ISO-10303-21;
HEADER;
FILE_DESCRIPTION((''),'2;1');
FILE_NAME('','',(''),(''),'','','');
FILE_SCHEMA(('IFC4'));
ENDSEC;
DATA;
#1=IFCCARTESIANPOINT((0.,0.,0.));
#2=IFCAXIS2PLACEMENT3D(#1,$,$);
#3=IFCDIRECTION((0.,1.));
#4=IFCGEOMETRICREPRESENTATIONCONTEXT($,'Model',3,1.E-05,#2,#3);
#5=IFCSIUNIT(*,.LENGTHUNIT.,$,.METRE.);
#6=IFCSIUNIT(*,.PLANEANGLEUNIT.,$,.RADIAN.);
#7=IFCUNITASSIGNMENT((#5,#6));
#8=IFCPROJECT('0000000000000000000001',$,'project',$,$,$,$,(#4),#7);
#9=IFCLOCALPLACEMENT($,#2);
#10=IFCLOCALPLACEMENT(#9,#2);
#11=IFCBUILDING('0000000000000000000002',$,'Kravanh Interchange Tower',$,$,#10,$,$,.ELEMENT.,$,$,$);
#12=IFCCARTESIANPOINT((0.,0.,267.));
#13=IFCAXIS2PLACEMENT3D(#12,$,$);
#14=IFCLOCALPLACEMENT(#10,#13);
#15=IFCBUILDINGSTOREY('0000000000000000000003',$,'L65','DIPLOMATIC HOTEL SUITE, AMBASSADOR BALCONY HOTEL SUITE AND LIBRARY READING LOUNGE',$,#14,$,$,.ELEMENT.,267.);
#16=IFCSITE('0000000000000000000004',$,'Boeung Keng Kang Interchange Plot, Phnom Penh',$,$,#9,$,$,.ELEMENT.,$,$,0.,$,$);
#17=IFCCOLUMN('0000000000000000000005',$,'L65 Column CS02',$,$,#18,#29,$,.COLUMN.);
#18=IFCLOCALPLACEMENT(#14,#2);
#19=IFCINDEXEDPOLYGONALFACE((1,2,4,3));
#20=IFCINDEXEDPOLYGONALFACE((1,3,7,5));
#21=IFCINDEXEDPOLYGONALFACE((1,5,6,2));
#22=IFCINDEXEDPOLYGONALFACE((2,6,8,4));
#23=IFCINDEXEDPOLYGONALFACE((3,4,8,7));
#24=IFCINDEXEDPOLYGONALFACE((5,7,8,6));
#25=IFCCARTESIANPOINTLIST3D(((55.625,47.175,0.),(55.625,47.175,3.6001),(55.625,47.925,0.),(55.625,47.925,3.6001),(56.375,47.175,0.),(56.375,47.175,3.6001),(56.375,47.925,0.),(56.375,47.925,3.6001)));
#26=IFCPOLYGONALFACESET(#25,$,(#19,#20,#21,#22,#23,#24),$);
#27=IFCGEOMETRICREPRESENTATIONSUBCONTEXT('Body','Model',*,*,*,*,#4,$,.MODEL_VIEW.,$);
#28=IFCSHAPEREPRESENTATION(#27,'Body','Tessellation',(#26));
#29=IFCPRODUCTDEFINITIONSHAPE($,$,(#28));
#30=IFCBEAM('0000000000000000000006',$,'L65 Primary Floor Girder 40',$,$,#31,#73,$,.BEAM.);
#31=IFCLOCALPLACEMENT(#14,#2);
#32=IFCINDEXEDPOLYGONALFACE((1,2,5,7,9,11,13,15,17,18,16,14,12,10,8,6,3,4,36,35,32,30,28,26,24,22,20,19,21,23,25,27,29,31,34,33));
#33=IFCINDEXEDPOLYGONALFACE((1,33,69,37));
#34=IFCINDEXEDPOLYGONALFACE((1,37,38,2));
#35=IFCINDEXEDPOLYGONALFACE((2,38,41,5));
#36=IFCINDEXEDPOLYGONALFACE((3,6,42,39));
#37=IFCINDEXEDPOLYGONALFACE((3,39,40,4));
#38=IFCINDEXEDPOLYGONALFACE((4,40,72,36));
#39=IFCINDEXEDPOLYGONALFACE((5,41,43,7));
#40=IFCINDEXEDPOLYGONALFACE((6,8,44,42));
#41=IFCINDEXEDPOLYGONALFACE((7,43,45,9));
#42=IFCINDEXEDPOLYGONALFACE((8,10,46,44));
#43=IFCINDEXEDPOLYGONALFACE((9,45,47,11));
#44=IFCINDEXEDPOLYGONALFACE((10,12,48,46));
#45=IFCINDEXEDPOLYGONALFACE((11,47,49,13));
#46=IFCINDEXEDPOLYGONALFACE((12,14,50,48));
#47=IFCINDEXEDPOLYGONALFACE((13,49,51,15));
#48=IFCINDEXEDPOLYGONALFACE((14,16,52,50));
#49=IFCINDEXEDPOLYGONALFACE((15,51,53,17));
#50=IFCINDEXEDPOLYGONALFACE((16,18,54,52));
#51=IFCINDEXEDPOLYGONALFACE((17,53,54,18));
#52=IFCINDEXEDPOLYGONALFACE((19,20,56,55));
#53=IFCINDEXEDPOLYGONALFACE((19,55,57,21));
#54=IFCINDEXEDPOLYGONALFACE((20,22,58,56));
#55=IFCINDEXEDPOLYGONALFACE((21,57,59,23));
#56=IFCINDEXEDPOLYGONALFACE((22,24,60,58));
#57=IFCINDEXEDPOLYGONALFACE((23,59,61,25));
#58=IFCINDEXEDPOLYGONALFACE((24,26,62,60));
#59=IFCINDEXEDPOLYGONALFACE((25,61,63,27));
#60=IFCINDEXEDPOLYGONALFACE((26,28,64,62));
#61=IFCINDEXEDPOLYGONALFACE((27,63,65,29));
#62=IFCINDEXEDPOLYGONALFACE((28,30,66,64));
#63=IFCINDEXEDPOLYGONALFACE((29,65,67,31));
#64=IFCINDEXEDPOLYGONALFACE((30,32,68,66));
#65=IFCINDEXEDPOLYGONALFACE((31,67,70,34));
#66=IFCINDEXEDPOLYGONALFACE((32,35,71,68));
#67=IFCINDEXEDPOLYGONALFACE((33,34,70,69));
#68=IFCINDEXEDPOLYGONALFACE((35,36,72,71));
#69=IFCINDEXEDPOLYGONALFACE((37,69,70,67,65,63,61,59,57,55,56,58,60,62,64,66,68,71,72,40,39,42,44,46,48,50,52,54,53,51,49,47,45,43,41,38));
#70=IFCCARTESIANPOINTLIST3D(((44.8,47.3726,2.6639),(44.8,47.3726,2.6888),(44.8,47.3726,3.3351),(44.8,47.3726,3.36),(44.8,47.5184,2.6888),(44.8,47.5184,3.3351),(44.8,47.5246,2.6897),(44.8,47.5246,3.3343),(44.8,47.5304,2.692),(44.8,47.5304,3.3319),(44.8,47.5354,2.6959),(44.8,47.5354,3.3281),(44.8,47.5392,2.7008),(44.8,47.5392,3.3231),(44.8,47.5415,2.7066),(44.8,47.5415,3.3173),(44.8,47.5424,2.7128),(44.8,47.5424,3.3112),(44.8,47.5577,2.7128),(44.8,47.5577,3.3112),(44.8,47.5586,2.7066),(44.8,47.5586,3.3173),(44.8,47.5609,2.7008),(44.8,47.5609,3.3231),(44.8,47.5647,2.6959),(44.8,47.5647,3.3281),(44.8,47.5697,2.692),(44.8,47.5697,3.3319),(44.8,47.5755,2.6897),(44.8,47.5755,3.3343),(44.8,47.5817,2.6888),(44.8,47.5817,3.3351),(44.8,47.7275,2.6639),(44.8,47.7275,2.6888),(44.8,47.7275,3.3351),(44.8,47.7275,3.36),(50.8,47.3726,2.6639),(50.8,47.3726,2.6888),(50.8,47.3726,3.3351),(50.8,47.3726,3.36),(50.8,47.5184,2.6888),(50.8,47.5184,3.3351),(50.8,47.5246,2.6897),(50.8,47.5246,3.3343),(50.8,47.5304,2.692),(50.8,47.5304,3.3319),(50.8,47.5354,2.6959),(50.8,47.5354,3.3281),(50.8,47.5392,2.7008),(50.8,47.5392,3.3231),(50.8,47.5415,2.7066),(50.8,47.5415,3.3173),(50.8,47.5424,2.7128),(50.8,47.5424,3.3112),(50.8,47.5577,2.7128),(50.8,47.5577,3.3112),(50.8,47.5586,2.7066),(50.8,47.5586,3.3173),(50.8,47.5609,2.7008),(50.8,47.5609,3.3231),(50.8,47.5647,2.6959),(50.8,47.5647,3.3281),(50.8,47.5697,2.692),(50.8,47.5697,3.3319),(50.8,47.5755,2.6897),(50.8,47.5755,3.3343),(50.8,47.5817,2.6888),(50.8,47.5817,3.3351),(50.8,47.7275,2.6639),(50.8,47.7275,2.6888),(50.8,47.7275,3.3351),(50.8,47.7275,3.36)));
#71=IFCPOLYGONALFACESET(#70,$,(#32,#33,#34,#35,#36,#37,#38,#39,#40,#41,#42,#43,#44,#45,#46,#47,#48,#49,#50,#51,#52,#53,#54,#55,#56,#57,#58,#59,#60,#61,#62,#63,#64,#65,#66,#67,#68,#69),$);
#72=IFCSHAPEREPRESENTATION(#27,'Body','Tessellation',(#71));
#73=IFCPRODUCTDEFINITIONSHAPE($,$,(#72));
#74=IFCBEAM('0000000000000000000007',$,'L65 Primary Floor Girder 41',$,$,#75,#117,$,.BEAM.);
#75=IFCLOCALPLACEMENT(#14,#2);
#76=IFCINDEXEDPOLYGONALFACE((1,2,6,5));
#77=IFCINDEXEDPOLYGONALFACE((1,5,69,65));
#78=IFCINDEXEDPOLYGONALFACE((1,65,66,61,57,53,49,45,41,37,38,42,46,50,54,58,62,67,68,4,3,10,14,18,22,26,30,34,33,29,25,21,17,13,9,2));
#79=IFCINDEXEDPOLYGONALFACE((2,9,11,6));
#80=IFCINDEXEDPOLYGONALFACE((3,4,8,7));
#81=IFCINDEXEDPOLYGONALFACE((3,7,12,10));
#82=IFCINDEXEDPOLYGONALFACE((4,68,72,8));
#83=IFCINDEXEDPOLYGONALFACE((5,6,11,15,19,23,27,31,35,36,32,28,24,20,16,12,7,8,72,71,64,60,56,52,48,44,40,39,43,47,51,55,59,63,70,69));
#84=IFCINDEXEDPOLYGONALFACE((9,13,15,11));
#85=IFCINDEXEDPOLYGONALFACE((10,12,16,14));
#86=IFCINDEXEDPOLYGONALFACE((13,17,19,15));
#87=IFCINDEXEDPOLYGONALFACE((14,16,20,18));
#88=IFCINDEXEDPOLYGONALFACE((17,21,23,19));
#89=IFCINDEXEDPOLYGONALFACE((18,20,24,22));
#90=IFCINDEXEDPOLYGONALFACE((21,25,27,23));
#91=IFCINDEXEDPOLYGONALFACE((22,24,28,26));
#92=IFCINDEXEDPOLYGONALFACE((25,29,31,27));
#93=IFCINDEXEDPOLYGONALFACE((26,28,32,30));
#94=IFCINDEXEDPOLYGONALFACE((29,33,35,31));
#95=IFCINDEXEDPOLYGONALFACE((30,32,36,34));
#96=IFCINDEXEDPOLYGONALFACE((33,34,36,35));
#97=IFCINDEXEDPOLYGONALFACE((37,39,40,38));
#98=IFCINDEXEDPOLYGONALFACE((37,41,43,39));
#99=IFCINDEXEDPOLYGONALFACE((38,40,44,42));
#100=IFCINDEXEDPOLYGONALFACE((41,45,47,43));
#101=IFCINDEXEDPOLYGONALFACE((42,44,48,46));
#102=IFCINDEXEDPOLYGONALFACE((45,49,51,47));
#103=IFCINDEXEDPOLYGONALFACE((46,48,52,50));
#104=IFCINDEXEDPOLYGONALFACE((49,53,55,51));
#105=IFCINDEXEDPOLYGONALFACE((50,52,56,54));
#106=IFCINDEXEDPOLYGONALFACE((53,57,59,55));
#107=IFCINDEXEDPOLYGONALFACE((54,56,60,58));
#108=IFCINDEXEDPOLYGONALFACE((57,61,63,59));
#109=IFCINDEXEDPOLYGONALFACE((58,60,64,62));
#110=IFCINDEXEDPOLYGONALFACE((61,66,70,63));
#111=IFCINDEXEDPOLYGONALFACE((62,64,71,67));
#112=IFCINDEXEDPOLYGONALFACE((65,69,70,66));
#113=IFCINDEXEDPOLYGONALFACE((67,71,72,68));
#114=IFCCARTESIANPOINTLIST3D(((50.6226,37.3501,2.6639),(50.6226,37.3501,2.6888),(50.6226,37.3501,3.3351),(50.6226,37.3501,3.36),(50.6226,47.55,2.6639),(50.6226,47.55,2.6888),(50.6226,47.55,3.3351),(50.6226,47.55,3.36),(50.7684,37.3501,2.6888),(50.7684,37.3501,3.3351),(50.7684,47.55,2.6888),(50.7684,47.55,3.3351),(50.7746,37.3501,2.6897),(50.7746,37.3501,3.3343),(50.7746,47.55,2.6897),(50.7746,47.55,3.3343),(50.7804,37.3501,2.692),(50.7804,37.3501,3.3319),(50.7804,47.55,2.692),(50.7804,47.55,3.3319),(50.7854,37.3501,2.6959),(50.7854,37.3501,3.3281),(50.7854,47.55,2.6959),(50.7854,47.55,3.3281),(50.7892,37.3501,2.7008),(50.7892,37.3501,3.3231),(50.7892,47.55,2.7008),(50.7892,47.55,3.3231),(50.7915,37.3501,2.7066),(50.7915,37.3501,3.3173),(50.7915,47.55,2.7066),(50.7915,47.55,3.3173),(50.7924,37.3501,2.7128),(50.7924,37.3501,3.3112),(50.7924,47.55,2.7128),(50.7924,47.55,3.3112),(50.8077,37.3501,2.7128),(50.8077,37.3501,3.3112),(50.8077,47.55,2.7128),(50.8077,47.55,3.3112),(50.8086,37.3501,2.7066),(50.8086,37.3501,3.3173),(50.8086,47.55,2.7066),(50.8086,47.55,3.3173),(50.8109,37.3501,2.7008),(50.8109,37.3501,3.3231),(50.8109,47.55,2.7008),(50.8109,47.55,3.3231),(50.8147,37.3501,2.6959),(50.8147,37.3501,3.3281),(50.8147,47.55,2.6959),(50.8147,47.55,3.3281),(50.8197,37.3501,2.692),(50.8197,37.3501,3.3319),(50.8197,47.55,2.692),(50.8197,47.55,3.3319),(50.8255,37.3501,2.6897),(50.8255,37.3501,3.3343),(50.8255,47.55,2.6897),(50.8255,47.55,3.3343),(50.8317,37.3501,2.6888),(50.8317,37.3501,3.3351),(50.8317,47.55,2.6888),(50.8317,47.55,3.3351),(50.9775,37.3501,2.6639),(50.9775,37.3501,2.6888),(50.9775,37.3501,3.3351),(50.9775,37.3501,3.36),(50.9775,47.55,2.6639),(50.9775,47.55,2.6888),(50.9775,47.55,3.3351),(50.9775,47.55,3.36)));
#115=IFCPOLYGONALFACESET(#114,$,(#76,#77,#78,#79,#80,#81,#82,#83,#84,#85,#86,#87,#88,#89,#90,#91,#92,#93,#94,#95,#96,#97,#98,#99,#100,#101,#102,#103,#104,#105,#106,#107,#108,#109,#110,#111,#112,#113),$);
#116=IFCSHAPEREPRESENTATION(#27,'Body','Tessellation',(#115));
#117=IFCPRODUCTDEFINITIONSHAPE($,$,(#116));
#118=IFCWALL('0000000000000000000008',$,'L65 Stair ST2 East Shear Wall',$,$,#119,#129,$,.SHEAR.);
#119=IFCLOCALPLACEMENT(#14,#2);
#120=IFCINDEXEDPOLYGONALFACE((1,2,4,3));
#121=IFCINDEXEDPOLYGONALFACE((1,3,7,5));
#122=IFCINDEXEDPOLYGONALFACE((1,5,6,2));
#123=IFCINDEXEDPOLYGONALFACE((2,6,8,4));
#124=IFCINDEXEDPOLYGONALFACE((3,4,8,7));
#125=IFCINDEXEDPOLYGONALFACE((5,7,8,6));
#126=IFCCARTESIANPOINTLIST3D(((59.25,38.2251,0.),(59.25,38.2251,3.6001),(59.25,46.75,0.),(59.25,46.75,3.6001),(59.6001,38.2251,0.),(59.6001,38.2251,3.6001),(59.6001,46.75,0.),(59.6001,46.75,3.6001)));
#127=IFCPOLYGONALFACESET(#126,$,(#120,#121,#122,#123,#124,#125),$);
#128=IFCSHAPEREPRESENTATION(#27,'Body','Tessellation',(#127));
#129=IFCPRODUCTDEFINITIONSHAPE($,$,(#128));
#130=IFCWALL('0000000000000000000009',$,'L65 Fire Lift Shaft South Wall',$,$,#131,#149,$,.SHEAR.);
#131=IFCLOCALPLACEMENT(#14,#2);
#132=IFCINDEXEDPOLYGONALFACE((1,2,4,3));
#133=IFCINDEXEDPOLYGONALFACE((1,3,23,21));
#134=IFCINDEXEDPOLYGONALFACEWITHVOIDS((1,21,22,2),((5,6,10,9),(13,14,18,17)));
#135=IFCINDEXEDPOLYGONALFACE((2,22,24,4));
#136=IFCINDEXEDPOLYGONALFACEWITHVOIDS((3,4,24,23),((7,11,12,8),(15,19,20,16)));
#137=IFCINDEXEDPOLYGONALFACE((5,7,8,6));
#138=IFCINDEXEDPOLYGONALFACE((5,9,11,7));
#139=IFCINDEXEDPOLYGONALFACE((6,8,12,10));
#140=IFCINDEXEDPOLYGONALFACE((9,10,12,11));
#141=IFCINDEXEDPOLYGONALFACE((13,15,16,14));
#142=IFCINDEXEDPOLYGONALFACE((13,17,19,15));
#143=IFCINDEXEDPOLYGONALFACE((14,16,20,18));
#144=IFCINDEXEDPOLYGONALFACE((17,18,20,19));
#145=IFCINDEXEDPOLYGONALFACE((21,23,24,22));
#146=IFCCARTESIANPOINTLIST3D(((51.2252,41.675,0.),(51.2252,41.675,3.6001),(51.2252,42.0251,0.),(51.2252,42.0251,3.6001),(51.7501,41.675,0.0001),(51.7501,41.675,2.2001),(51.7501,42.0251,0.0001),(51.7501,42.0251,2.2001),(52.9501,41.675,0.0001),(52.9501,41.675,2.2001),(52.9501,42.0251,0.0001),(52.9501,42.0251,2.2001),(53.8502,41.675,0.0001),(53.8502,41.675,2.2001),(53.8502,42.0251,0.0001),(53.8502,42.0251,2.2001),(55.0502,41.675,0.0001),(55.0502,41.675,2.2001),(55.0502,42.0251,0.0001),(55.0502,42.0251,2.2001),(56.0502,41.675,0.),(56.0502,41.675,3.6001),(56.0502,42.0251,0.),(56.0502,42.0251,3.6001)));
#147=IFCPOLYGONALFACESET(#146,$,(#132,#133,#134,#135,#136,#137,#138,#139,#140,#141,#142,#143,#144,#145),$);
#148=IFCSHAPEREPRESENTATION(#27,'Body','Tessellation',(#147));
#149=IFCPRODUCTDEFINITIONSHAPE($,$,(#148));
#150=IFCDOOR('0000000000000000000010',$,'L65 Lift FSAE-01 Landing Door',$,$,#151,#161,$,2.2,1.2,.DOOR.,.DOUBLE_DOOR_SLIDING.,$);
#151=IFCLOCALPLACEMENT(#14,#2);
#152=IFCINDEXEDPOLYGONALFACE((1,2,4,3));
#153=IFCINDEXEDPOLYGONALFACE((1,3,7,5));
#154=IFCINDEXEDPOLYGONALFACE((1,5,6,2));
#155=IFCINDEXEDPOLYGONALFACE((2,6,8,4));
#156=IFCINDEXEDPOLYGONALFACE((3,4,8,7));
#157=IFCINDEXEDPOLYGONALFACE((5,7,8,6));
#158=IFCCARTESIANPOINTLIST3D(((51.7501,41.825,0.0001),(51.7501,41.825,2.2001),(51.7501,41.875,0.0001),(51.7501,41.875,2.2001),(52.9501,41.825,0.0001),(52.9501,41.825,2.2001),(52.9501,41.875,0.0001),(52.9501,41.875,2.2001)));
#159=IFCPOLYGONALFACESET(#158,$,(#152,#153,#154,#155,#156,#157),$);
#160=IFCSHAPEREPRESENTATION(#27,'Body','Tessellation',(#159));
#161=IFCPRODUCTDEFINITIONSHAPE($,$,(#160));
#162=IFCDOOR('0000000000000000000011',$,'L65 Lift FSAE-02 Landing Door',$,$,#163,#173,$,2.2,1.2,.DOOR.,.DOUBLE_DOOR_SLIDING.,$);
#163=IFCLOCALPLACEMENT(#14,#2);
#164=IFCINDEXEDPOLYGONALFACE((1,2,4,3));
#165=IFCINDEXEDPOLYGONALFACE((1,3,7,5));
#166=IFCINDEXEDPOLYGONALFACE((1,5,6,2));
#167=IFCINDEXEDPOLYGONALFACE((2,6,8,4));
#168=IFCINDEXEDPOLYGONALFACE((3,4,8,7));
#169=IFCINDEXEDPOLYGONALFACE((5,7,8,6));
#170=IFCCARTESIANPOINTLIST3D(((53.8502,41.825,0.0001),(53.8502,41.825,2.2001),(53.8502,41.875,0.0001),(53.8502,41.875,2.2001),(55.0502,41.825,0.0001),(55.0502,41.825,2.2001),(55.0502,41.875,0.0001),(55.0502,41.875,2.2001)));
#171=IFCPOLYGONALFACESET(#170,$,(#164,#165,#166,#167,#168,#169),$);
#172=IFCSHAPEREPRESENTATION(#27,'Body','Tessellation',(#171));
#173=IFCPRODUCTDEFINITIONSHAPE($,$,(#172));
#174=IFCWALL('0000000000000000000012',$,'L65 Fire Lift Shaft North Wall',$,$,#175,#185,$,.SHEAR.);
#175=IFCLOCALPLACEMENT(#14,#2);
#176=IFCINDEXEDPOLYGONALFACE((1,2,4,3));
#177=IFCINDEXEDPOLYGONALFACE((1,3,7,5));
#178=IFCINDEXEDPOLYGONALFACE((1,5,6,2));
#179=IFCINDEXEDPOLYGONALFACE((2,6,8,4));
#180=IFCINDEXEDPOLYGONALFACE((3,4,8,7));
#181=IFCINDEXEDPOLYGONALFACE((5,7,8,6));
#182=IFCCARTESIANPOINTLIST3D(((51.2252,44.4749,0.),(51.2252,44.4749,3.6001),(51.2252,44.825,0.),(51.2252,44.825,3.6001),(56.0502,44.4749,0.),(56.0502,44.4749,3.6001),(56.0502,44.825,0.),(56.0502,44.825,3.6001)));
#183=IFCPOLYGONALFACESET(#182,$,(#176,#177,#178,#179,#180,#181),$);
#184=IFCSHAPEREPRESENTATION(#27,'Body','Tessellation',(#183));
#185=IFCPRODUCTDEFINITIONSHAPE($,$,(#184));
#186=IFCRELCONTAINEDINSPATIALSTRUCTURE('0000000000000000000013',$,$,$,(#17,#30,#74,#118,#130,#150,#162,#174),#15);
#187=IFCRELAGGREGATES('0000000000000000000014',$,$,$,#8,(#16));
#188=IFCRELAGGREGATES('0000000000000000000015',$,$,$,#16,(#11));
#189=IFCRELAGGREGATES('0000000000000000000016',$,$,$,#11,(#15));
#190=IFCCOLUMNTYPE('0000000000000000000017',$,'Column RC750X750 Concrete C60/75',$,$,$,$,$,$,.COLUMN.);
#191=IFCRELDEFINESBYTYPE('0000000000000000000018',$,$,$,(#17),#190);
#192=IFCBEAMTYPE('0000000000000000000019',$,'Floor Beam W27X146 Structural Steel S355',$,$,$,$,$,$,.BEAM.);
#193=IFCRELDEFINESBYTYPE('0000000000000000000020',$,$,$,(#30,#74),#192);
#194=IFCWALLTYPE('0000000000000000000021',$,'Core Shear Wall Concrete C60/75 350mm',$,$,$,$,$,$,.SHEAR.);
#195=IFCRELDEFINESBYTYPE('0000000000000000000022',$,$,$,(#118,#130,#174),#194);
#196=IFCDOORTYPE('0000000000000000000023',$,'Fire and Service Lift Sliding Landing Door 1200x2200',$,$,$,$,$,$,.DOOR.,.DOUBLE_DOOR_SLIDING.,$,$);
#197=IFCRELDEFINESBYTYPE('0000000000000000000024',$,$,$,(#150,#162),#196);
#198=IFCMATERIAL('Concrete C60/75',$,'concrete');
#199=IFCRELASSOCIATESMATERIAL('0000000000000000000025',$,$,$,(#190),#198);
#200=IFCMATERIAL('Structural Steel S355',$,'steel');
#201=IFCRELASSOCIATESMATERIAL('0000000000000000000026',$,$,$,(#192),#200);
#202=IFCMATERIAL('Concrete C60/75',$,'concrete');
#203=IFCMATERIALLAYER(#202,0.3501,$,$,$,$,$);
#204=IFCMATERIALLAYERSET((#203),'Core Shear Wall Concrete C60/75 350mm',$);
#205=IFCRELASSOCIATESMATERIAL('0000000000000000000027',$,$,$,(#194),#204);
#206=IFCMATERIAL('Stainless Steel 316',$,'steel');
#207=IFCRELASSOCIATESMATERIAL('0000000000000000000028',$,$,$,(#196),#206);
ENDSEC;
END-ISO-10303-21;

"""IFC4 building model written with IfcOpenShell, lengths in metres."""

from ifc_helpers import new_model, si_unit, direction, frame, frame_2d, origin, origin_2d, place, context, subcontext, project, spatial, rectangle, i_section, extrude, material, layer, layer_set, material_profile, profile_set, type_object, element, fill, save


model = new_model("IFC4")

# Units and contexts
model_context = context("Model", 3, precision=1e-05, world=origin(), true_north=direction((0.0, 1.0)))
body_context = subcontext(model_context, "Body", "Model", "MODEL_VIEW")
ifc_project = project(units=[si_unit("LENGTHUNIT", "METRE"), si_unit("PLANEANGLEUNIT", "RADIAN")], contexts=[model_context])

# Site, building, storey
site_placement = place(None, origin())
site = spatial("IfcSite", under=ifc_project, at=site_placement, Name="Boeung Keng Kang Interchange Plot, Phnom Penh", CompositionType="ELEMENT", RefElevation=0.0)
building_placement = place(site_placement, origin())
building = spatial("IfcBuilding", under=site, at=building_placement, Name="Kravanh Interchange Tower", CompositionType="ELEMENT")
storey_placement = place(building_placement, frame((0.0, 0.0, 267.0)))
storey = spatial("IfcBuildingStorey", under=building, at=storey_placement, Name="L65", Description="DIPLOMATIC HOTEL SUITE, AMBASSADOR BALCONY HOTEL SUITE AND LIBRARY READING LOUNGE", CompositionType="ELEMENT", Elevation=267.0)

# Column
ifc_material_1 = material(Name="Concrete C60/75", Category="concrete")
ifc_material_profile_1 = material_profile(ifc_material_1, rectangle(XDim=0.75, YDim=0.75, at=origin_2d()), Name="RC750X750")
ifc_profile_set_1 = profile_set([ifc_material_profile_1], Name="Concrete C60/75")
column_type = type_object("IfcColumnType", Name="Column RC750X750 Concrete C60/75", PredefinedType="COLUMN", material=ifc_profile_set_1)
column_placement = place(storey_placement, frame((56.0, 47.55, 0.0), z_axis=(0.0, 0.0, 1.0), x_axis=(1.0, 0.0, 0.0)))
element("IfcColumn", 1, at=column_placement, inside=storey, type_object=column_type, Name="L65 Column CS02", PredefinedType="COLUMN", context=body_context, shape_type="SweptSolid", body=[
    extrude(rectangle(XDim=0.75, YDim=0.75, at=origin_2d()), origin(), (0.0, 0.0, 1.0), 3.6001),
])

# Beams
ifc_material_2 = material(Name="Structural Steel S355", Category="steel")
ifc_material_profile_2 = material_profile(ifc_material_2, i_section(OverallWidth=0.355, OverallDepth=0.696, WebThickness=0.0154, FlangeThickness=0.0249, FilletRadius=0.0239, at=origin_2d()), Name="W27X146")
ifc_profile_set_2 = profile_set([ifc_material_profile_2], Name="Structural Steel S355")
beam_type = type_object("IfcBeamType", Name="Floor Beam W27X146 Structural Steel S355", PredefinedType="BEAM", material=ifc_profile_set_2)
beam_1_placement = place(storey_placement, frame((50.8, 47.55, 3.012), z_axis=(-1.0, 0.0, 0.0), x_axis=(0.0, -1.0, 0.0)))
element("IfcBeam", 2, at=beam_1_placement, inside=storey, type_object=beam_type, Name="L65 Primary Floor Girder 40", PredefinedType="BEAM", context=body_context, shape_type="SweptSolid", body=[
    extrude(i_section(OverallWidth=0.355, OverallDepth=0.696, WebThickness=0.0154, FlangeThickness=0.0249, FilletRadius=0.0239, at=origin_2d()), origin(), (0.0, 0.0, 1.0), 6.0),
])
beam_2_placement = place(storey_placement, frame((50.8, 47.55, 3.012), z_axis=(0.0, -1.0, 0.0), x_axis=(1.0, 0.0, 0.0)))
element("IfcBeam", 3, at=beam_2_placement, inside=storey, type_object=beam_type, Name="L65 Primary Floor Girder 41", PredefinedType="BEAM", context=body_context, shape_type="SweptSolid", body=[
    extrude(i_section(OverallWidth=0.355, OverallDepth=0.696, WebThickness=0.0154, FlangeThickness=0.0249, FilletRadius=0.0239, at=origin_2d()), origin(), (0.0, 0.0, 1.0), 10.2),
])

# Wall
ifc_material_3 = material(Name="Concrete C60/75", Category="concrete")
ifc_layer_1 = layer(ifc_material_3, 0.3501)
ifc_layer_set_1 = layer_set([ifc_layer_1], Name="Core Shear Wall Concrete C60/75 350mm")
wall_type = type_object("IfcWallType", Name="Core Shear Wall Concrete C60/75 350mm", PredefinedType="SHEAR", material=ifc_layer_set_1)
wall_1_placement = place(storey_placement, frame((59.425, 38.2251, 0.0), z_axis=(0.0, 0.0, 1.0), x_axis=(0.0, 1.0, 0.0)))
element("IfcWall", 4, at=wall_1_placement, inside=storey, type_object=wall_type, Name="L65 Stair ST2 East Shear Wall", PredefinedType="SHEAR", context=body_context, shape_type="SweptSolid", body=[
    extrude(rectangle(XDim=8.5249, YDim=0.3501, at=frame_2d((4.2625, 0.0))), origin(), (0.0, 0.0, 1.0), 3.6001),
])

# Wall, openings, doors
wall_2_placement = place(storey_placement, frame((51.2251, 41.8501, 0.0), z_axis=(0.0, 0.0, 1.0), x_axis=(1.0, 0.0, 0.0)))
wall_2 = element("IfcWall", 5, at=wall_2_placement, inside=storey, type_object=wall_type, Name="L65 Fire Lift Shaft South Wall", PredefinedType="SHEAR", context=body_context, shape_type="SweptSolid", body=[
    extrude(rectangle(XDim=4.825, YDim=0.3501, at=frame_2d((2.4126, 0.0))), origin(), (0.0, 0.0, 1.0), 3.6001),
])
opening_1_placement = place(wall_2_placement, frame((0.5249, 0.0, 0.0)))
opening_1 = element("IfcOpeningElement", 6, at=opening_1_placement, cuts=wall_2, PredefinedType="OPENING", context=body_context, shape_type="SweptSolid", body=[
    extrude(rectangle(XDim=1.2, YDim=2.2, at=frame_2d((0.6001, 1.1001))), frame((0.0, 0.1851, 0.0), z_axis=(0.0, -1.0, 0.0), x_axis=(1.0, 0.0, 0.0)), (0.0, 0.0, 1.0), 0.3701),
])
opening_2_placement = place(wall_2_placement, frame((2.625, 0.0, 0.0)))
opening_2 = element("IfcOpeningElement", 7, at=opening_2_placement, cuts=wall_2, PredefinedType="OPENING", context=body_context, shape_type="SweptSolid", body=[
    extrude(rectangle(XDim=1.2, YDim=2.2, at=frame_2d((0.6001, 1.1001))), frame((0.0, 0.1851, 0.0), z_axis=(0.0, -1.0, 0.0), x_axis=(1.0, 0.0, 0.0)), (0.0, 0.0, 1.0), 0.3701),
])
ifc_material_4 = material(Name="Stainless Steel 316", Category="steel")
door_type = type_object("IfcDoorType", Name="Fire and Service Lift Sliding Landing Door 1200x2200", OperationType="DOUBLE_DOOR_SLIDING", PredefinedType="DOOR", material=ifc_material_4)
door_1_placement = place(opening_1_placement, origin())
door_1 = element("IfcDoor", 8, at=door_1_placement, inside=storey, type_object=door_type, Name="L65 Lift FSAE-01 Landing Door", OperationType="DOUBLE_DOOR_SLIDING", OverallHeight=2.2, OverallWidth=1.2, PredefinedType="DOOR", context=body_context, shape_type="SweptSolid", body=[
    extrude(rectangle(XDim=1.2, YDim=2.2, at=frame_2d((0.6001, 1.1001))), frame((0.0, 0.0249, 0.0), z_axis=(0.0, -1.0, 0.0), x_axis=(1.0, 0.0, 0.0)), (0.0, 0.0, 1.0), 0.05),
])
fill(opening_1, door_1)
door_2_placement = place(opening_2_placement, origin())
door_2 = element("IfcDoor", 9, at=door_2_placement, inside=storey, type_object=door_type, Name="L65 Lift FSAE-02 Landing Door", OperationType="DOUBLE_DOOR_SLIDING", OverallHeight=2.2, OverallWidth=1.2, PredefinedType="DOOR", context=body_context, shape_type="SweptSolid", body=[
    extrude(rectangle(XDim=1.2, YDim=2.2, at=frame_2d((0.6001, 1.1001))), frame((0.0, 0.0249, 0.0), z_axis=(0.0, -1.0, 0.0), x_axis=(1.0, 0.0, 0.0)), (0.0, 0.0, 1.0), 0.05),
])
fill(opening_2, door_2)

# Wall
wall_3_placement = place(storey_placement, frame((51.2251, 44.6499, 0.0), z_axis=(0.0, 0.0, 1.0), x_axis=(1.0, 0.0, 0.0)))
element("IfcWall", 10, at=wall_3_placement, inside=storey, type_object=wall_type, Name="L65 Fire Lift Shaft North Wall", PredefinedType="SHEAR", context=body_context, shape_type="SweptSolid", body=[
    extrude(rectangle(XDim=4.825, YDim=0.3501, at=frame_2d((2.4126, 0.0))), origin(), (0.0, 0.0, 1.0), 3.6001),
])

save(model, "model.ifc")
